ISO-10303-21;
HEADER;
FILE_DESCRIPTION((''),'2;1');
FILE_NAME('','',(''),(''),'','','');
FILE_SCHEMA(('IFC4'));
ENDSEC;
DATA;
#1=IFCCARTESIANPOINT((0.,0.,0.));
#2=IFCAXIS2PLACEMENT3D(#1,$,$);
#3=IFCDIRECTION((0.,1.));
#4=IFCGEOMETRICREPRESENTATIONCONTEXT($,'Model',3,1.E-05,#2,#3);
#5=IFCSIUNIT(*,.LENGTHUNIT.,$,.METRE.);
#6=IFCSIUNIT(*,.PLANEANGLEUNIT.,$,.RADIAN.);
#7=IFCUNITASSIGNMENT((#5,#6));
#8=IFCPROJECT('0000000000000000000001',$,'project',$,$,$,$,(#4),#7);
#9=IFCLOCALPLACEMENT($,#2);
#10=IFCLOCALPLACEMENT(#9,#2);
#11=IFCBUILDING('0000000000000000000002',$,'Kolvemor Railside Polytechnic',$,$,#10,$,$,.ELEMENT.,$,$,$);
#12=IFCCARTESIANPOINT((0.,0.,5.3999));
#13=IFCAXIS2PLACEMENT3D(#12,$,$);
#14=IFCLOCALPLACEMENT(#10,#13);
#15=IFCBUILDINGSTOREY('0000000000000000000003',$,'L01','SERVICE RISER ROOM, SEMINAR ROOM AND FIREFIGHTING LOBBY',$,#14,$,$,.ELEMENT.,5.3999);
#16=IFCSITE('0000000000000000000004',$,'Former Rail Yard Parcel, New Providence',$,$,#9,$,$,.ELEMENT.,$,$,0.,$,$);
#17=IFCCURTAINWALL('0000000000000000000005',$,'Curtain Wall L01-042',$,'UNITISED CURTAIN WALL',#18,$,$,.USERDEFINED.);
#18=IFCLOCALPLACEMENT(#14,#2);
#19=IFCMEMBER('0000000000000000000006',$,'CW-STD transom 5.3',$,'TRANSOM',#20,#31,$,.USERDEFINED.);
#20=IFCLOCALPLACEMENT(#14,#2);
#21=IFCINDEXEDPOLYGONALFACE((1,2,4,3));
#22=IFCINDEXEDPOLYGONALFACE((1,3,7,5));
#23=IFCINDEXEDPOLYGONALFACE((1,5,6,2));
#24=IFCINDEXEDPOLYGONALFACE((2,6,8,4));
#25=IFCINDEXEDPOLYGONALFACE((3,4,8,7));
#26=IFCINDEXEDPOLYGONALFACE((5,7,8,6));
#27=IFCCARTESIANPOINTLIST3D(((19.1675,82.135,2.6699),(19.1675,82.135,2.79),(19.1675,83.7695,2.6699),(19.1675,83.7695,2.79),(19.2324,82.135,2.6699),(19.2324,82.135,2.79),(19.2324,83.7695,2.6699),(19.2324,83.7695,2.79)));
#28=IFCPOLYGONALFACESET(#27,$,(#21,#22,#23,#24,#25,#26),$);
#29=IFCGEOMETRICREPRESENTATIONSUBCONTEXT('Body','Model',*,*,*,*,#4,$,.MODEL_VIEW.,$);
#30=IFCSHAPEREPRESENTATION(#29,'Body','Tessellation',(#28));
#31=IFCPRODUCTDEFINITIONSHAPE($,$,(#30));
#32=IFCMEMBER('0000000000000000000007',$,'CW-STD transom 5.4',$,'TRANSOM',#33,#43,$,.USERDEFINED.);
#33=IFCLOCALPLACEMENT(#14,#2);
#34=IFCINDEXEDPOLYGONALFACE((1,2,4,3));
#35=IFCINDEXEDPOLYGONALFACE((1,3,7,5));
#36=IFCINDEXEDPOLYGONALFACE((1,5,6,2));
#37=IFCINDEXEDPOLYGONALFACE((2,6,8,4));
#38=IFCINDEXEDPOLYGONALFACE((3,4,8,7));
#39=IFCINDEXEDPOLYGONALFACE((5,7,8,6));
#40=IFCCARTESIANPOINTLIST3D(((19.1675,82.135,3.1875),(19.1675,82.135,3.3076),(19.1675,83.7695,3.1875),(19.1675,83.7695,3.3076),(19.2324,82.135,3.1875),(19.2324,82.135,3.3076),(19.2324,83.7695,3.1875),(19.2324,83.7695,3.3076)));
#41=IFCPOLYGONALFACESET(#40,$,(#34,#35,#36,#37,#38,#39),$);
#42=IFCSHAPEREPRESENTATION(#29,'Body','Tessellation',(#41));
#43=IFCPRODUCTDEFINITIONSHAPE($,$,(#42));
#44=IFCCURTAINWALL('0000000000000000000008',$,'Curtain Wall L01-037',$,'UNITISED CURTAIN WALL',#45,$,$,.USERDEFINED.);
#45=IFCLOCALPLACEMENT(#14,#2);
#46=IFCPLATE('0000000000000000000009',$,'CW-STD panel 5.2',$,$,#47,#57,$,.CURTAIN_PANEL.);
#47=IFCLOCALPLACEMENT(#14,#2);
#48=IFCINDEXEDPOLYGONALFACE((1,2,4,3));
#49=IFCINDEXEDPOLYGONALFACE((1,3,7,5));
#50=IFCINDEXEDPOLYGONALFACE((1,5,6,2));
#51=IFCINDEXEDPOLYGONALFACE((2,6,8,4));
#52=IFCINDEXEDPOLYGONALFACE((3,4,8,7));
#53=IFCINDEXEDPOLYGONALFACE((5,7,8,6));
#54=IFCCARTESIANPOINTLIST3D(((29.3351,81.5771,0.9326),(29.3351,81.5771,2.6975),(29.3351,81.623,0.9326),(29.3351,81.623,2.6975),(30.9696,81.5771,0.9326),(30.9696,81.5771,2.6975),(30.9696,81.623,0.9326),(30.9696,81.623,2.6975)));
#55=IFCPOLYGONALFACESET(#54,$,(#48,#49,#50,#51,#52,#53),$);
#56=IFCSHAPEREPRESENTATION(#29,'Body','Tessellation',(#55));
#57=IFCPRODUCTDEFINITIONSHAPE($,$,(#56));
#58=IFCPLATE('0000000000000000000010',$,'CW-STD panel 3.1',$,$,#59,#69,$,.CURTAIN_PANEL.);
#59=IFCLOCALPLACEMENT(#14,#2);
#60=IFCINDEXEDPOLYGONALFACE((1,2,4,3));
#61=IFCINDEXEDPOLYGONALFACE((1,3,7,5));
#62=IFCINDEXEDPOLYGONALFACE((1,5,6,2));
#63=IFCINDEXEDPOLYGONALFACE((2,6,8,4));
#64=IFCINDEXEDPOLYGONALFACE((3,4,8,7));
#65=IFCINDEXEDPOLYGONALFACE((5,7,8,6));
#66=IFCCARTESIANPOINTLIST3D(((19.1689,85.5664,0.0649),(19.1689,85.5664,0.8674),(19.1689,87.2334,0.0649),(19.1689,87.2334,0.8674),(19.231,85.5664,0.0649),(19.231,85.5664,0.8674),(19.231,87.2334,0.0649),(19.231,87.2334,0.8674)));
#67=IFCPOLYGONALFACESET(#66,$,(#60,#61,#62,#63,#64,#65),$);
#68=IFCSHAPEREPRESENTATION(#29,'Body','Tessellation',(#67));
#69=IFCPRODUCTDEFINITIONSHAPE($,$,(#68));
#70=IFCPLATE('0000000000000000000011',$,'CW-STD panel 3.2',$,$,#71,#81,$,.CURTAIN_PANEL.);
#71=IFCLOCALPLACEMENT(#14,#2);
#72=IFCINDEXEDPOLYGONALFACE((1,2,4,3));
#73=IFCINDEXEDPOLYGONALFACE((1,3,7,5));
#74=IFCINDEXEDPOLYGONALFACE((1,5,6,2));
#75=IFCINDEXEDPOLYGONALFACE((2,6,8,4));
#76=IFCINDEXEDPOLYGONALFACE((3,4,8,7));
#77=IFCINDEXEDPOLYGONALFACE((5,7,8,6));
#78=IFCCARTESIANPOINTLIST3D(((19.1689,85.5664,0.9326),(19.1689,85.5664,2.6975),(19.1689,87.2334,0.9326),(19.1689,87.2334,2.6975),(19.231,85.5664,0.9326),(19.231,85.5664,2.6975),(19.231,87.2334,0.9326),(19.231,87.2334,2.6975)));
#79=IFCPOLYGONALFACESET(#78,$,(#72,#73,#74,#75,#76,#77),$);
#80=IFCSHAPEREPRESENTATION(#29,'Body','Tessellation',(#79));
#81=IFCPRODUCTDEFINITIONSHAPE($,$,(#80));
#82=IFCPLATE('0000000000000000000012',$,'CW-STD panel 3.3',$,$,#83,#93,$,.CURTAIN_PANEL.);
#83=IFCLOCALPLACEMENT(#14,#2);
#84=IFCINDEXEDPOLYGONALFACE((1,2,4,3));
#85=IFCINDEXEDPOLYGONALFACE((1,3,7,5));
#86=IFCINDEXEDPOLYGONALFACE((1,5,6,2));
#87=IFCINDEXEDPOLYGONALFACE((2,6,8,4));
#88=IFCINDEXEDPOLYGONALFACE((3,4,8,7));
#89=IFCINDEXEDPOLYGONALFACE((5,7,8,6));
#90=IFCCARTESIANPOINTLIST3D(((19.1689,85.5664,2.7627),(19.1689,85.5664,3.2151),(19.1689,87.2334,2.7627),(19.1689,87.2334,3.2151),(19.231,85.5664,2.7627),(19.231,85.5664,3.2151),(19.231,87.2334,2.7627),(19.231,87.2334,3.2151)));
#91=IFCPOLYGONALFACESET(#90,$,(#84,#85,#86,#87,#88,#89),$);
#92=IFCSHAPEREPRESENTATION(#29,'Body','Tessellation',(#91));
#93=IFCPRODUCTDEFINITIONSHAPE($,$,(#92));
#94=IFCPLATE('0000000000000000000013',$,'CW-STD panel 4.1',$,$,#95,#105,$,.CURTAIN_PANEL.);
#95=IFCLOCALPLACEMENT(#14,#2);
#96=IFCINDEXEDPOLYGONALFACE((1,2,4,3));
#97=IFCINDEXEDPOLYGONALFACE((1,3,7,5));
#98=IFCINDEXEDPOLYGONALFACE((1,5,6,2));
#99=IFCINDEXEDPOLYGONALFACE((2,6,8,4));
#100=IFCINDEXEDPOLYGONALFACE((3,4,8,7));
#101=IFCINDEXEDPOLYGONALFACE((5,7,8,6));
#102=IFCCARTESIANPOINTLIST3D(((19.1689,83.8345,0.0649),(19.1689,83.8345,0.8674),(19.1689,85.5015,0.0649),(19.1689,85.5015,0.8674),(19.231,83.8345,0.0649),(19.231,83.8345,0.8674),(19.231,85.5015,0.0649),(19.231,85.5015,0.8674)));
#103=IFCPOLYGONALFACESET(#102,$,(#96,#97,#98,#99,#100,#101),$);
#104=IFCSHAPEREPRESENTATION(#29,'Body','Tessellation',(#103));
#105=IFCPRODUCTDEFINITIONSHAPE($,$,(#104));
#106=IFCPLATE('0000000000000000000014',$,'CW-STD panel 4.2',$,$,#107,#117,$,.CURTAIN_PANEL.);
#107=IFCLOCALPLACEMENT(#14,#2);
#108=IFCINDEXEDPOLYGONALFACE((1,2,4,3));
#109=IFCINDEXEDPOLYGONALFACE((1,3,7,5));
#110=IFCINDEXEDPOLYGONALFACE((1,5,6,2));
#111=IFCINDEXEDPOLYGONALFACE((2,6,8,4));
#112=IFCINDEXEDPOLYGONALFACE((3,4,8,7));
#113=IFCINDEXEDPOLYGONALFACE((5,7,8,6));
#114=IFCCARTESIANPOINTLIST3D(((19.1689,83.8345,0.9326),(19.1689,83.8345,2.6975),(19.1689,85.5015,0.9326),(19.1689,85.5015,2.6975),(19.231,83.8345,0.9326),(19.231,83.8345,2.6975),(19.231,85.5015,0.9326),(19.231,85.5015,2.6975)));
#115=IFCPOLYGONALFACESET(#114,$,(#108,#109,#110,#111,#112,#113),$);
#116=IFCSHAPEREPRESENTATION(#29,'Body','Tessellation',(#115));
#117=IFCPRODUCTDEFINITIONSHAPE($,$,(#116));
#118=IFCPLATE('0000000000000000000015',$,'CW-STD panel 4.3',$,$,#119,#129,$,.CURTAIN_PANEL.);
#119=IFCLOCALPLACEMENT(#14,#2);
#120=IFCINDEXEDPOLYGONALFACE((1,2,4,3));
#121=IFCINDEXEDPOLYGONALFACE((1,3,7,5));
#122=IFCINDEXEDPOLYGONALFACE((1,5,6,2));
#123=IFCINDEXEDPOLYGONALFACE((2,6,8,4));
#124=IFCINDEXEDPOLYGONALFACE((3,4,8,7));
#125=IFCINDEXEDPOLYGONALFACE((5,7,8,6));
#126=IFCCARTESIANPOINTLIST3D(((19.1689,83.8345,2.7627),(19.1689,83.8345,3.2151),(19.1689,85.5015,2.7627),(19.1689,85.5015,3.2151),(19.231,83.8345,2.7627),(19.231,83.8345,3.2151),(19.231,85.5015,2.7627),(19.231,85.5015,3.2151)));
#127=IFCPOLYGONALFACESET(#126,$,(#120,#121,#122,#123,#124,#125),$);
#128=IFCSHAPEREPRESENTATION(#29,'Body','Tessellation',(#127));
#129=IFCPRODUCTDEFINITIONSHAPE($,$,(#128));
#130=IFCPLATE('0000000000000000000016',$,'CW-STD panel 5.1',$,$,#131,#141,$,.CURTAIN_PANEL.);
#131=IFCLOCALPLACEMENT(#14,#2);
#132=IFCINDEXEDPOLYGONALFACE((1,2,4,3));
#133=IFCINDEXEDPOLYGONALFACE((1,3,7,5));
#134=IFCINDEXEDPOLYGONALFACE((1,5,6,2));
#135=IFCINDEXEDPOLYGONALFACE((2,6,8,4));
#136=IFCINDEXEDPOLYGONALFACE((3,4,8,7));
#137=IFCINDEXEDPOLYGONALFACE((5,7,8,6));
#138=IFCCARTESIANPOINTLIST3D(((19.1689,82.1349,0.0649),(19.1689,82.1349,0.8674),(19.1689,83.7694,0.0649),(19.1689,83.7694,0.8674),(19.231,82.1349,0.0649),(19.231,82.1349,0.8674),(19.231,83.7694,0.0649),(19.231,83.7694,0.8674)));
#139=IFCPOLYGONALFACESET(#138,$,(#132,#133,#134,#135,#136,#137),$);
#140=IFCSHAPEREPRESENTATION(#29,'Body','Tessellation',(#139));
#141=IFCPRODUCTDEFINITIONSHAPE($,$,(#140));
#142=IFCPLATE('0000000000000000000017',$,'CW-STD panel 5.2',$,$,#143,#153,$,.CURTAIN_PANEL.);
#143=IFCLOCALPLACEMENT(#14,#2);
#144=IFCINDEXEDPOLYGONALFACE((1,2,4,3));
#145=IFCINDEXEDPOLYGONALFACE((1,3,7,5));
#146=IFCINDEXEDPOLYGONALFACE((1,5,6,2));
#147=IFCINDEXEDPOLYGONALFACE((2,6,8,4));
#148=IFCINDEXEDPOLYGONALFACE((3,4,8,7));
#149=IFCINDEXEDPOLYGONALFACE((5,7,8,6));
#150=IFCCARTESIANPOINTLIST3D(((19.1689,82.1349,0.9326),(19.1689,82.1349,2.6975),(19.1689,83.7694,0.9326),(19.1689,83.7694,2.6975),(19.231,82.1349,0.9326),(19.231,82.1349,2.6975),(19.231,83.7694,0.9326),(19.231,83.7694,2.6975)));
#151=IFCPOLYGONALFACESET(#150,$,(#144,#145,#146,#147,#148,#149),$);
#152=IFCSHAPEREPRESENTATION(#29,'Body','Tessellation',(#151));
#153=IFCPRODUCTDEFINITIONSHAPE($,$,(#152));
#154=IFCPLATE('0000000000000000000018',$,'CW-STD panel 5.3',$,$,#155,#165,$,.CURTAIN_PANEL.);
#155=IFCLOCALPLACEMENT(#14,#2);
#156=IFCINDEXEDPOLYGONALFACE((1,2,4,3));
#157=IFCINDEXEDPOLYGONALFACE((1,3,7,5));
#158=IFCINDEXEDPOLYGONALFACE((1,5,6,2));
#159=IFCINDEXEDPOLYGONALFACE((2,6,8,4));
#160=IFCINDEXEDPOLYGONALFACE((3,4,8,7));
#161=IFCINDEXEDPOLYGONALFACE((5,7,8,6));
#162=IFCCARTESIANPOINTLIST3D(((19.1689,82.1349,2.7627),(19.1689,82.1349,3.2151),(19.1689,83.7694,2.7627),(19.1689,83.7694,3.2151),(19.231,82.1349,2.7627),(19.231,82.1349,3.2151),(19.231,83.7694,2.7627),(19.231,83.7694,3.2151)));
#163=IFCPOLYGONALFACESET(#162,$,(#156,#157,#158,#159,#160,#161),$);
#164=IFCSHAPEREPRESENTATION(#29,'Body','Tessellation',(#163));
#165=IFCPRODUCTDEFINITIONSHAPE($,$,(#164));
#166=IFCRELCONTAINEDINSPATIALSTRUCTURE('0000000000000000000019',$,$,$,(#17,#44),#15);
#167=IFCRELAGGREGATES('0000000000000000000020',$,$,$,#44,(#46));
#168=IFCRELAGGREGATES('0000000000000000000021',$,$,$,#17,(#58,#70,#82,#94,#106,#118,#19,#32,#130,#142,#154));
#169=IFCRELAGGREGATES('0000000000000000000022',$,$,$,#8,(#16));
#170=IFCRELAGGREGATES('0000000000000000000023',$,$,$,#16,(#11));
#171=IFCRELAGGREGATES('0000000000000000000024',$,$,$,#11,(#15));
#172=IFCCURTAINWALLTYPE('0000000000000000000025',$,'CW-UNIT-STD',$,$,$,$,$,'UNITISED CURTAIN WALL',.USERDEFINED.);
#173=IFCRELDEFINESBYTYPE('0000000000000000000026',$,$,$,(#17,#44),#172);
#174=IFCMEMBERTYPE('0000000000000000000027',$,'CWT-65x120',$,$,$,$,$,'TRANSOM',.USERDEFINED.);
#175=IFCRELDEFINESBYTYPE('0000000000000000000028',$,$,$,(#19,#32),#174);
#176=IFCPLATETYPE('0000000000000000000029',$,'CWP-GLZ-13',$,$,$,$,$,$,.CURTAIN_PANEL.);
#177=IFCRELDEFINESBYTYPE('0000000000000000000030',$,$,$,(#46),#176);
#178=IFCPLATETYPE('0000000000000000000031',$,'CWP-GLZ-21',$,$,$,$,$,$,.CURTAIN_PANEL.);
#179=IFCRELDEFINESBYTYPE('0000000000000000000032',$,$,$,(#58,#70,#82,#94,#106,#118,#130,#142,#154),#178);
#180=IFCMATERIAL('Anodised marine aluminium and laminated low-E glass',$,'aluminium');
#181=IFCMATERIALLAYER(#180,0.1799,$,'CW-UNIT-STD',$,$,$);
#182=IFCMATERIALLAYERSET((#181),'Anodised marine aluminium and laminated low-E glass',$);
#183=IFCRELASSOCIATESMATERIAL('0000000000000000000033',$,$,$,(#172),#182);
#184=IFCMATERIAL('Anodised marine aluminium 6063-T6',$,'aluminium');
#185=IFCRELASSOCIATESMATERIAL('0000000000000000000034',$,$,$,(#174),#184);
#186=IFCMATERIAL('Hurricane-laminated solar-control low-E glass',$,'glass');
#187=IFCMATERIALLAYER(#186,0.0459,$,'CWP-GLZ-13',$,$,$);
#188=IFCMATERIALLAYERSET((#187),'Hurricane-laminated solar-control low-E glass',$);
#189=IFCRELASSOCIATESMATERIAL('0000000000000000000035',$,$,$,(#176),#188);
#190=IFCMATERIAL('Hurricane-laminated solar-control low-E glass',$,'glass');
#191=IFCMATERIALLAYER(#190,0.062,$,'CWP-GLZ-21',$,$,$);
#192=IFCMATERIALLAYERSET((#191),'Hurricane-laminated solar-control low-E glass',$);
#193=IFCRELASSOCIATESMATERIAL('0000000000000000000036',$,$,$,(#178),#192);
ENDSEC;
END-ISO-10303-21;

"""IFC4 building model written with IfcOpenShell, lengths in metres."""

from ifc_helpers import new_model, si_unit, direction, frame, origin, origin_2d, place, context, subcontext, project, spatial, rectangle, extrude, material, layer, layer_set, material_profile, profile_set, type_object, element, aggregate, save


model = new_model("IFC4")

# Units and contexts
model_context = context("Model", 3, precision=1e-05, world=origin(), true_north=direction((0.0, 1.0)))
body_context = subcontext(model_context, "Body", "Model", "MODEL_VIEW")
ifc_project = project(units=[si_unit("LENGTHUNIT", "METRE"), si_unit("PLANEANGLEUNIT", "RADIAN")], contexts=[model_context])

# Site, building, storey
site_placement = place(None, origin())
site = spatial("IfcSite", under=ifc_project, at=site_placement, Name="Former Rail Yard Parcel, New Providence", CompositionType="ELEMENT", RefElevation=0.0)
building_placement = place(site_placement, origin())
building = spatial("IfcBuilding", under=site, at=building_placement, Name="Kolvemor Railside Polytechnic", CompositionType="ELEMENT")
storey_placement = place(building_placement, frame((0.0, 0.0, 5.3999)))
storey = spatial("IfcBuildingStorey", under=building, at=storey_placement, Name="L01", Description="SERVICE RISER ROOM, SEMINAR ROOM AND FIREFIGHTING LOBBY", CompositionType="ELEMENT", Elevation=5.3999)

# Curtain wall, members
ifc_material_1 = material(Name="Anodised marine aluminium and laminated low-E glass", Category="aluminium")
ifc_layer_1 = layer(ifc_material_1, 0.1799, Name="CW-UNIT-STD")
ifc_layer_set_1 = layer_set([ifc_layer_1], Name="Anodised marine aluminium and laminated low-E glass")
curtain_wall_type = type_object("IfcCurtainWallType", Name="CW-UNIT-STD", ElementType="UNITISED CURTAIN WALL", PredefinedType="USERDEFINED", material=ifc_layer_set_1)
curtain_wall_1_placement = place(storey_placement, origin())
curtain_wall_1 = element("IfcCurtainWall", 1, at=curtain_wall_1_placement, inside=storey, type_object=curtain_wall_type, Name="Curtain Wall L01-042", ObjectType="UNITISED CURTAIN WALL", PredefinedType="USERDEFINED")
ifc_material_2 = material(Name="Anodised marine aluminium 6063-T6", Category="aluminium")
ifc_material_profile_1 = material_profile(ifc_material_2, rectangle(XDim=0.0649, YDim=0.1201, at=origin_2d()), Name="CW-TRN-65x120")
ifc_profile_set_1 = profile_set([ifc_material_profile_1], Name="Anodised marine aluminium 6063-T6")
member_type_1 = type_object("IfcMemberType", Name="CWT-65x120", ElementType="TRANSOM", PredefinedType="USERDEFINED", material=ifc_profile_set_1)
member_1_placement = place(storey_placement, frame((19.2, 83.7695, 2.73), z_axis=(0.0, -1.0, 0.0), x_axis=(1.0, 0.0, 0.0)))
member_1 = element("IfcMember", 2, at=member_1_placement, type_object=member_type_1, Name="CW-STD transom 5.3", ObjectType="TRANSOM", PredefinedType="USERDEFINED", context=body_context, shape_type="SweptSolid", body=[
    extrude(rectangle(XDim=0.0649, YDim=0.1201, at=origin_2d()), origin(), (0.0, 0.0, 1.0), 1.6345),
])
member_2_placement = place(storey_placement, frame((19.2, 83.7695, 3.2476), z_axis=(0.0, -1.0, 0.0), x_axis=(1.0, 0.0, 0.0)))
member_2 = element("IfcMember", 3, at=member_2_placement, type_object=member_type_1, Name="CW-STD transom 5.4", ObjectType="TRANSOM", PredefinedType="USERDEFINED", context=body_context, shape_type="SweptSolid", body=[
    extrude(rectangle(XDim=0.0649, YDim=0.1201, at=origin_2d()), origin(), (0.0, 0.0, 1.0), 1.6345),
])

# Curtain wall, plate
curtain_wall_2_placement = place(storey_placement, origin())
curtain_wall_2 = element("IfcCurtainWall", 4, at=curtain_wall_2_placement, inside=storey, type_object=curtain_wall_type, Name="Curtain Wall L01-037", ObjectType="UNITISED CURTAIN WALL", PredefinedType="USERDEFINED")
ifc_material_3 = material(Name="Hurricane-laminated solar-control low-E glass", Category="glass")
ifc_layer_2 = layer(ifc_material_3, 0.0459, Name="CWP-GLZ-13")
ifc_layer_set_2 = layer_set([ifc_layer_2], Name="Hurricane-laminated solar-control low-E glass")
plate_type_1 = type_object("IfcPlateType", Name="CWP-GLZ-13", PredefinedType="CURTAIN_PANEL", material=ifc_layer_set_2)
plate_1_placement = place(storey_placement, frame((30.1523, 81.6001, 0.9326), z_axis=(0.0, 0.0, 1.0), x_axis=(-1.0, 0.0, 0.0)))
plate_1 = element("IfcPlate", 5, at=plate_1_placement, type_object=plate_type_1, Name="CW-STD panel 5.2", PredefinedType="CURTAIN_PANEL", context=body_context, shape_type="SweptSolid", body=[
    extrude(rectangle(XDim=1.6345, YDim=0.0459, at=origin_2d()), origin(), (0.0, 0.0, 1.0), 1.7649),
])
aggregate(curtain_wall_2, [plate_1])

# Plates
ifc_material_4 = material(Name="Hurricane-laminated solar-control low-E glass", Category="glass")
ifc_layer_3 = layer(ifc_material_4, 0.062, Name="CWP-GLZ-21")
ifc_layer_set_3 = layer_set([ifc_layer_3], Name="Hurricane-laminated solar-control low-E glass")
plate_type_2 = type_object("IfcPlateType", Name="CWP-GLZ-21", PredefinedType="CURTAIN_PANEL", material=ifc_layer_set_3)
plate_2_placement = place(storey_placement, frame((19.2, 86.3999, 0.0649), z_axis=(0.0, 0.0, 1.0), x_axis=(0.0, -1.0, 0.0)))
plate_2 = element("IfcPlate", 6, at=plate_2_placement, type_object=plate_type_2, Name="CW-STD panel 3.1", PredefinedType="CURTAIN_PANEL", context=body_context, shape_type="SweptSolid", body=[
    extrude(rectangle(XDim=1.667, YDim=0.062, at=origin_2d()), origin(), (0.0, 0.0, 1.0), 0.8025),
])
plate_3_placement = place(storey_placement, frame((19.2, 86.3999, 0.9326), z_axis=(0.0, 0.0, 1.0), x_axis=(0.0, -1.0, 0.0)))
plate_3 = element("IfcPlate", 7, at=plate_3_placement, type_object=plate_type_2, Name="CW-STD panel 3.2", PredefinedType="CURTAIN_PANEL", context=body_context, shape_type="SweptSolid", body=[
    extrude(rectangle(XDim=1.667, YDim=0.062, at=origin_2d()), origin(), (0.0, 0.0, 1.0), 1.7649),
])
plate_4_placement = place(storey_placement, frame((19.2, 86.3999, 2.7627), z_axis=(0.0, 0.0, 1.0), x_axis=(0.0, -1.0, 0.0)))
plate_4 = element("IfcPlate", 8, at=plate_4_placement, type_object=plate_type_2, Name="CW-STD panel 3.3", PredefinedType="CURTAIN_PANEL", context=body_context, shape_type="SweptSolid", body=[
    extrude(rectangle(XDim=1.667, YDim=0.062, at=origin_2d()), origin(), (0.0, 0.0, 1.0), 0.4524),
])
plate_5_placement = place(storey_placement, frame((19.2, 84.668, 0.0649), z_axis=(0.0, 0.0, 1.0), x_axis=(0.0, -1.0, 0.0)))
plate_5 = element("IfcPlate", 9, at=plate_5_placement, type_object=plate_type_2, Name="CW-STD panel 4.1", PredefinedType="CURTAIN_PANEL", context=body_context, shape_type="SweptSolid", body=[
    extrude(rectangle(XDim=1.667, YDim=0.062, at=origin_2d()), origin(), (0.0, 0.0, 1.0), 0.8025),
])
plate_6_placement = place(storey_placement, frame((19.2, 84.668, 0.9326), z_axis=(0.0, 0.0, 1.0), x_axis=(0.0, -1.0, 0.0)))
plate_6 = element("IfcPlate", 10, at=plate_6_placement, type_object=plate_type_2, Name="CW-STD panel 4.2", PredefinedType="CURTAIN_PANEL", context=body_context, shape_type="SweptSolid", body=[
    extrude(rectangle(XDim=1.667, YDim=0.062, at=origin_2d()), origin(), (0.0, 0.0, 1.0), 1.7649),
])
plate_7_placement = place(storey_placement, frame((19.2, 84.668, 2.7627), z_axis=(0.0, 0.0, 1.0), x_axis=(0.0, -1.0, 0.0)))
plate_7 = element("IfcPlate", 11, at=plate_7_placement, type_object=plate_type_2, Name="CW-STD panel 4.3", PredefinedType="CURTAIN_PANEL", context=body_context, shape_type="SweptSolid", body=[
    extrude(rectangle(XDim=1.667, YDim=0.062, at=origin_2d()), origin(), (0.0, 0.0, 1.0), 0.4524),
])
plate_8_placement = place(storey_placement, frame((19.2, 82.9521, 0.0649), z_axis=(0.0, 0.0, 1.0), x_axis=(0.0, -1.0, 0.0)))
plate_8 = element("IfcPlate", 12, at=plate_8_placement, type_object=plate_type_2, Name="CW-STD panel 5.1", PredefinedType="CURTAIN_PANEL", context=body_context, shape_type="SweptSolid", body=[
    extrude(rectangle(XDim=1.6345, YDim=0.062, at=origin_2d()), origin(), (0.0, 0.0, 1.0), 0.8025),
])
plate_9_placement = place(storey_placement, frame((19.2, 82.9521, 0.9326), z_axis=(0.0, 0.0, 1.0), x_axis=(0.0, -1.0, 0.0)))
plate_9 = element("IfcPlate", 13, at=plate_9_placement, type_object=plate_type_2, Name="CW-STD panel 5.2", PredefinedType="CURTAIN_PANEL", context=body_context, shape_type="SweptSolid", body=[
    extrude(rectangle(XDim=1.6345, YDim=0.062, at=origin_2d()), origin(), (0.0, 0.0, 1.0), 1.7649),
])
plate_10_placement = place(storey_placement, frame((19.2, 82.9521, 2.7627), z_axis=(0.0, 0.0, 1.0), x_axis=(0.0, -1.0, 0.0)))
plate_10 = element("IfcPlate", 14, at=plate_10_placement, type_object=plate_type_2, Name="CW-STD panel 5.3", PredefinedType="CURTAIN_PANEL", context=body_context, shape_type="SweptSolid", body=[
    extrude(rectangle(XDim=1.6345, YDim=0.062, at=origin_2d()), origin(), (0.0, 0.0, 1.0), 0.4524),
])
aggregate(curtain_wall_1, [plate_2, plate_3, plate_4, plate_5, plate_6, plate_7, member_1, member_2, plate_8, plate_9, plate_10])

save(model, "model.ifc")
